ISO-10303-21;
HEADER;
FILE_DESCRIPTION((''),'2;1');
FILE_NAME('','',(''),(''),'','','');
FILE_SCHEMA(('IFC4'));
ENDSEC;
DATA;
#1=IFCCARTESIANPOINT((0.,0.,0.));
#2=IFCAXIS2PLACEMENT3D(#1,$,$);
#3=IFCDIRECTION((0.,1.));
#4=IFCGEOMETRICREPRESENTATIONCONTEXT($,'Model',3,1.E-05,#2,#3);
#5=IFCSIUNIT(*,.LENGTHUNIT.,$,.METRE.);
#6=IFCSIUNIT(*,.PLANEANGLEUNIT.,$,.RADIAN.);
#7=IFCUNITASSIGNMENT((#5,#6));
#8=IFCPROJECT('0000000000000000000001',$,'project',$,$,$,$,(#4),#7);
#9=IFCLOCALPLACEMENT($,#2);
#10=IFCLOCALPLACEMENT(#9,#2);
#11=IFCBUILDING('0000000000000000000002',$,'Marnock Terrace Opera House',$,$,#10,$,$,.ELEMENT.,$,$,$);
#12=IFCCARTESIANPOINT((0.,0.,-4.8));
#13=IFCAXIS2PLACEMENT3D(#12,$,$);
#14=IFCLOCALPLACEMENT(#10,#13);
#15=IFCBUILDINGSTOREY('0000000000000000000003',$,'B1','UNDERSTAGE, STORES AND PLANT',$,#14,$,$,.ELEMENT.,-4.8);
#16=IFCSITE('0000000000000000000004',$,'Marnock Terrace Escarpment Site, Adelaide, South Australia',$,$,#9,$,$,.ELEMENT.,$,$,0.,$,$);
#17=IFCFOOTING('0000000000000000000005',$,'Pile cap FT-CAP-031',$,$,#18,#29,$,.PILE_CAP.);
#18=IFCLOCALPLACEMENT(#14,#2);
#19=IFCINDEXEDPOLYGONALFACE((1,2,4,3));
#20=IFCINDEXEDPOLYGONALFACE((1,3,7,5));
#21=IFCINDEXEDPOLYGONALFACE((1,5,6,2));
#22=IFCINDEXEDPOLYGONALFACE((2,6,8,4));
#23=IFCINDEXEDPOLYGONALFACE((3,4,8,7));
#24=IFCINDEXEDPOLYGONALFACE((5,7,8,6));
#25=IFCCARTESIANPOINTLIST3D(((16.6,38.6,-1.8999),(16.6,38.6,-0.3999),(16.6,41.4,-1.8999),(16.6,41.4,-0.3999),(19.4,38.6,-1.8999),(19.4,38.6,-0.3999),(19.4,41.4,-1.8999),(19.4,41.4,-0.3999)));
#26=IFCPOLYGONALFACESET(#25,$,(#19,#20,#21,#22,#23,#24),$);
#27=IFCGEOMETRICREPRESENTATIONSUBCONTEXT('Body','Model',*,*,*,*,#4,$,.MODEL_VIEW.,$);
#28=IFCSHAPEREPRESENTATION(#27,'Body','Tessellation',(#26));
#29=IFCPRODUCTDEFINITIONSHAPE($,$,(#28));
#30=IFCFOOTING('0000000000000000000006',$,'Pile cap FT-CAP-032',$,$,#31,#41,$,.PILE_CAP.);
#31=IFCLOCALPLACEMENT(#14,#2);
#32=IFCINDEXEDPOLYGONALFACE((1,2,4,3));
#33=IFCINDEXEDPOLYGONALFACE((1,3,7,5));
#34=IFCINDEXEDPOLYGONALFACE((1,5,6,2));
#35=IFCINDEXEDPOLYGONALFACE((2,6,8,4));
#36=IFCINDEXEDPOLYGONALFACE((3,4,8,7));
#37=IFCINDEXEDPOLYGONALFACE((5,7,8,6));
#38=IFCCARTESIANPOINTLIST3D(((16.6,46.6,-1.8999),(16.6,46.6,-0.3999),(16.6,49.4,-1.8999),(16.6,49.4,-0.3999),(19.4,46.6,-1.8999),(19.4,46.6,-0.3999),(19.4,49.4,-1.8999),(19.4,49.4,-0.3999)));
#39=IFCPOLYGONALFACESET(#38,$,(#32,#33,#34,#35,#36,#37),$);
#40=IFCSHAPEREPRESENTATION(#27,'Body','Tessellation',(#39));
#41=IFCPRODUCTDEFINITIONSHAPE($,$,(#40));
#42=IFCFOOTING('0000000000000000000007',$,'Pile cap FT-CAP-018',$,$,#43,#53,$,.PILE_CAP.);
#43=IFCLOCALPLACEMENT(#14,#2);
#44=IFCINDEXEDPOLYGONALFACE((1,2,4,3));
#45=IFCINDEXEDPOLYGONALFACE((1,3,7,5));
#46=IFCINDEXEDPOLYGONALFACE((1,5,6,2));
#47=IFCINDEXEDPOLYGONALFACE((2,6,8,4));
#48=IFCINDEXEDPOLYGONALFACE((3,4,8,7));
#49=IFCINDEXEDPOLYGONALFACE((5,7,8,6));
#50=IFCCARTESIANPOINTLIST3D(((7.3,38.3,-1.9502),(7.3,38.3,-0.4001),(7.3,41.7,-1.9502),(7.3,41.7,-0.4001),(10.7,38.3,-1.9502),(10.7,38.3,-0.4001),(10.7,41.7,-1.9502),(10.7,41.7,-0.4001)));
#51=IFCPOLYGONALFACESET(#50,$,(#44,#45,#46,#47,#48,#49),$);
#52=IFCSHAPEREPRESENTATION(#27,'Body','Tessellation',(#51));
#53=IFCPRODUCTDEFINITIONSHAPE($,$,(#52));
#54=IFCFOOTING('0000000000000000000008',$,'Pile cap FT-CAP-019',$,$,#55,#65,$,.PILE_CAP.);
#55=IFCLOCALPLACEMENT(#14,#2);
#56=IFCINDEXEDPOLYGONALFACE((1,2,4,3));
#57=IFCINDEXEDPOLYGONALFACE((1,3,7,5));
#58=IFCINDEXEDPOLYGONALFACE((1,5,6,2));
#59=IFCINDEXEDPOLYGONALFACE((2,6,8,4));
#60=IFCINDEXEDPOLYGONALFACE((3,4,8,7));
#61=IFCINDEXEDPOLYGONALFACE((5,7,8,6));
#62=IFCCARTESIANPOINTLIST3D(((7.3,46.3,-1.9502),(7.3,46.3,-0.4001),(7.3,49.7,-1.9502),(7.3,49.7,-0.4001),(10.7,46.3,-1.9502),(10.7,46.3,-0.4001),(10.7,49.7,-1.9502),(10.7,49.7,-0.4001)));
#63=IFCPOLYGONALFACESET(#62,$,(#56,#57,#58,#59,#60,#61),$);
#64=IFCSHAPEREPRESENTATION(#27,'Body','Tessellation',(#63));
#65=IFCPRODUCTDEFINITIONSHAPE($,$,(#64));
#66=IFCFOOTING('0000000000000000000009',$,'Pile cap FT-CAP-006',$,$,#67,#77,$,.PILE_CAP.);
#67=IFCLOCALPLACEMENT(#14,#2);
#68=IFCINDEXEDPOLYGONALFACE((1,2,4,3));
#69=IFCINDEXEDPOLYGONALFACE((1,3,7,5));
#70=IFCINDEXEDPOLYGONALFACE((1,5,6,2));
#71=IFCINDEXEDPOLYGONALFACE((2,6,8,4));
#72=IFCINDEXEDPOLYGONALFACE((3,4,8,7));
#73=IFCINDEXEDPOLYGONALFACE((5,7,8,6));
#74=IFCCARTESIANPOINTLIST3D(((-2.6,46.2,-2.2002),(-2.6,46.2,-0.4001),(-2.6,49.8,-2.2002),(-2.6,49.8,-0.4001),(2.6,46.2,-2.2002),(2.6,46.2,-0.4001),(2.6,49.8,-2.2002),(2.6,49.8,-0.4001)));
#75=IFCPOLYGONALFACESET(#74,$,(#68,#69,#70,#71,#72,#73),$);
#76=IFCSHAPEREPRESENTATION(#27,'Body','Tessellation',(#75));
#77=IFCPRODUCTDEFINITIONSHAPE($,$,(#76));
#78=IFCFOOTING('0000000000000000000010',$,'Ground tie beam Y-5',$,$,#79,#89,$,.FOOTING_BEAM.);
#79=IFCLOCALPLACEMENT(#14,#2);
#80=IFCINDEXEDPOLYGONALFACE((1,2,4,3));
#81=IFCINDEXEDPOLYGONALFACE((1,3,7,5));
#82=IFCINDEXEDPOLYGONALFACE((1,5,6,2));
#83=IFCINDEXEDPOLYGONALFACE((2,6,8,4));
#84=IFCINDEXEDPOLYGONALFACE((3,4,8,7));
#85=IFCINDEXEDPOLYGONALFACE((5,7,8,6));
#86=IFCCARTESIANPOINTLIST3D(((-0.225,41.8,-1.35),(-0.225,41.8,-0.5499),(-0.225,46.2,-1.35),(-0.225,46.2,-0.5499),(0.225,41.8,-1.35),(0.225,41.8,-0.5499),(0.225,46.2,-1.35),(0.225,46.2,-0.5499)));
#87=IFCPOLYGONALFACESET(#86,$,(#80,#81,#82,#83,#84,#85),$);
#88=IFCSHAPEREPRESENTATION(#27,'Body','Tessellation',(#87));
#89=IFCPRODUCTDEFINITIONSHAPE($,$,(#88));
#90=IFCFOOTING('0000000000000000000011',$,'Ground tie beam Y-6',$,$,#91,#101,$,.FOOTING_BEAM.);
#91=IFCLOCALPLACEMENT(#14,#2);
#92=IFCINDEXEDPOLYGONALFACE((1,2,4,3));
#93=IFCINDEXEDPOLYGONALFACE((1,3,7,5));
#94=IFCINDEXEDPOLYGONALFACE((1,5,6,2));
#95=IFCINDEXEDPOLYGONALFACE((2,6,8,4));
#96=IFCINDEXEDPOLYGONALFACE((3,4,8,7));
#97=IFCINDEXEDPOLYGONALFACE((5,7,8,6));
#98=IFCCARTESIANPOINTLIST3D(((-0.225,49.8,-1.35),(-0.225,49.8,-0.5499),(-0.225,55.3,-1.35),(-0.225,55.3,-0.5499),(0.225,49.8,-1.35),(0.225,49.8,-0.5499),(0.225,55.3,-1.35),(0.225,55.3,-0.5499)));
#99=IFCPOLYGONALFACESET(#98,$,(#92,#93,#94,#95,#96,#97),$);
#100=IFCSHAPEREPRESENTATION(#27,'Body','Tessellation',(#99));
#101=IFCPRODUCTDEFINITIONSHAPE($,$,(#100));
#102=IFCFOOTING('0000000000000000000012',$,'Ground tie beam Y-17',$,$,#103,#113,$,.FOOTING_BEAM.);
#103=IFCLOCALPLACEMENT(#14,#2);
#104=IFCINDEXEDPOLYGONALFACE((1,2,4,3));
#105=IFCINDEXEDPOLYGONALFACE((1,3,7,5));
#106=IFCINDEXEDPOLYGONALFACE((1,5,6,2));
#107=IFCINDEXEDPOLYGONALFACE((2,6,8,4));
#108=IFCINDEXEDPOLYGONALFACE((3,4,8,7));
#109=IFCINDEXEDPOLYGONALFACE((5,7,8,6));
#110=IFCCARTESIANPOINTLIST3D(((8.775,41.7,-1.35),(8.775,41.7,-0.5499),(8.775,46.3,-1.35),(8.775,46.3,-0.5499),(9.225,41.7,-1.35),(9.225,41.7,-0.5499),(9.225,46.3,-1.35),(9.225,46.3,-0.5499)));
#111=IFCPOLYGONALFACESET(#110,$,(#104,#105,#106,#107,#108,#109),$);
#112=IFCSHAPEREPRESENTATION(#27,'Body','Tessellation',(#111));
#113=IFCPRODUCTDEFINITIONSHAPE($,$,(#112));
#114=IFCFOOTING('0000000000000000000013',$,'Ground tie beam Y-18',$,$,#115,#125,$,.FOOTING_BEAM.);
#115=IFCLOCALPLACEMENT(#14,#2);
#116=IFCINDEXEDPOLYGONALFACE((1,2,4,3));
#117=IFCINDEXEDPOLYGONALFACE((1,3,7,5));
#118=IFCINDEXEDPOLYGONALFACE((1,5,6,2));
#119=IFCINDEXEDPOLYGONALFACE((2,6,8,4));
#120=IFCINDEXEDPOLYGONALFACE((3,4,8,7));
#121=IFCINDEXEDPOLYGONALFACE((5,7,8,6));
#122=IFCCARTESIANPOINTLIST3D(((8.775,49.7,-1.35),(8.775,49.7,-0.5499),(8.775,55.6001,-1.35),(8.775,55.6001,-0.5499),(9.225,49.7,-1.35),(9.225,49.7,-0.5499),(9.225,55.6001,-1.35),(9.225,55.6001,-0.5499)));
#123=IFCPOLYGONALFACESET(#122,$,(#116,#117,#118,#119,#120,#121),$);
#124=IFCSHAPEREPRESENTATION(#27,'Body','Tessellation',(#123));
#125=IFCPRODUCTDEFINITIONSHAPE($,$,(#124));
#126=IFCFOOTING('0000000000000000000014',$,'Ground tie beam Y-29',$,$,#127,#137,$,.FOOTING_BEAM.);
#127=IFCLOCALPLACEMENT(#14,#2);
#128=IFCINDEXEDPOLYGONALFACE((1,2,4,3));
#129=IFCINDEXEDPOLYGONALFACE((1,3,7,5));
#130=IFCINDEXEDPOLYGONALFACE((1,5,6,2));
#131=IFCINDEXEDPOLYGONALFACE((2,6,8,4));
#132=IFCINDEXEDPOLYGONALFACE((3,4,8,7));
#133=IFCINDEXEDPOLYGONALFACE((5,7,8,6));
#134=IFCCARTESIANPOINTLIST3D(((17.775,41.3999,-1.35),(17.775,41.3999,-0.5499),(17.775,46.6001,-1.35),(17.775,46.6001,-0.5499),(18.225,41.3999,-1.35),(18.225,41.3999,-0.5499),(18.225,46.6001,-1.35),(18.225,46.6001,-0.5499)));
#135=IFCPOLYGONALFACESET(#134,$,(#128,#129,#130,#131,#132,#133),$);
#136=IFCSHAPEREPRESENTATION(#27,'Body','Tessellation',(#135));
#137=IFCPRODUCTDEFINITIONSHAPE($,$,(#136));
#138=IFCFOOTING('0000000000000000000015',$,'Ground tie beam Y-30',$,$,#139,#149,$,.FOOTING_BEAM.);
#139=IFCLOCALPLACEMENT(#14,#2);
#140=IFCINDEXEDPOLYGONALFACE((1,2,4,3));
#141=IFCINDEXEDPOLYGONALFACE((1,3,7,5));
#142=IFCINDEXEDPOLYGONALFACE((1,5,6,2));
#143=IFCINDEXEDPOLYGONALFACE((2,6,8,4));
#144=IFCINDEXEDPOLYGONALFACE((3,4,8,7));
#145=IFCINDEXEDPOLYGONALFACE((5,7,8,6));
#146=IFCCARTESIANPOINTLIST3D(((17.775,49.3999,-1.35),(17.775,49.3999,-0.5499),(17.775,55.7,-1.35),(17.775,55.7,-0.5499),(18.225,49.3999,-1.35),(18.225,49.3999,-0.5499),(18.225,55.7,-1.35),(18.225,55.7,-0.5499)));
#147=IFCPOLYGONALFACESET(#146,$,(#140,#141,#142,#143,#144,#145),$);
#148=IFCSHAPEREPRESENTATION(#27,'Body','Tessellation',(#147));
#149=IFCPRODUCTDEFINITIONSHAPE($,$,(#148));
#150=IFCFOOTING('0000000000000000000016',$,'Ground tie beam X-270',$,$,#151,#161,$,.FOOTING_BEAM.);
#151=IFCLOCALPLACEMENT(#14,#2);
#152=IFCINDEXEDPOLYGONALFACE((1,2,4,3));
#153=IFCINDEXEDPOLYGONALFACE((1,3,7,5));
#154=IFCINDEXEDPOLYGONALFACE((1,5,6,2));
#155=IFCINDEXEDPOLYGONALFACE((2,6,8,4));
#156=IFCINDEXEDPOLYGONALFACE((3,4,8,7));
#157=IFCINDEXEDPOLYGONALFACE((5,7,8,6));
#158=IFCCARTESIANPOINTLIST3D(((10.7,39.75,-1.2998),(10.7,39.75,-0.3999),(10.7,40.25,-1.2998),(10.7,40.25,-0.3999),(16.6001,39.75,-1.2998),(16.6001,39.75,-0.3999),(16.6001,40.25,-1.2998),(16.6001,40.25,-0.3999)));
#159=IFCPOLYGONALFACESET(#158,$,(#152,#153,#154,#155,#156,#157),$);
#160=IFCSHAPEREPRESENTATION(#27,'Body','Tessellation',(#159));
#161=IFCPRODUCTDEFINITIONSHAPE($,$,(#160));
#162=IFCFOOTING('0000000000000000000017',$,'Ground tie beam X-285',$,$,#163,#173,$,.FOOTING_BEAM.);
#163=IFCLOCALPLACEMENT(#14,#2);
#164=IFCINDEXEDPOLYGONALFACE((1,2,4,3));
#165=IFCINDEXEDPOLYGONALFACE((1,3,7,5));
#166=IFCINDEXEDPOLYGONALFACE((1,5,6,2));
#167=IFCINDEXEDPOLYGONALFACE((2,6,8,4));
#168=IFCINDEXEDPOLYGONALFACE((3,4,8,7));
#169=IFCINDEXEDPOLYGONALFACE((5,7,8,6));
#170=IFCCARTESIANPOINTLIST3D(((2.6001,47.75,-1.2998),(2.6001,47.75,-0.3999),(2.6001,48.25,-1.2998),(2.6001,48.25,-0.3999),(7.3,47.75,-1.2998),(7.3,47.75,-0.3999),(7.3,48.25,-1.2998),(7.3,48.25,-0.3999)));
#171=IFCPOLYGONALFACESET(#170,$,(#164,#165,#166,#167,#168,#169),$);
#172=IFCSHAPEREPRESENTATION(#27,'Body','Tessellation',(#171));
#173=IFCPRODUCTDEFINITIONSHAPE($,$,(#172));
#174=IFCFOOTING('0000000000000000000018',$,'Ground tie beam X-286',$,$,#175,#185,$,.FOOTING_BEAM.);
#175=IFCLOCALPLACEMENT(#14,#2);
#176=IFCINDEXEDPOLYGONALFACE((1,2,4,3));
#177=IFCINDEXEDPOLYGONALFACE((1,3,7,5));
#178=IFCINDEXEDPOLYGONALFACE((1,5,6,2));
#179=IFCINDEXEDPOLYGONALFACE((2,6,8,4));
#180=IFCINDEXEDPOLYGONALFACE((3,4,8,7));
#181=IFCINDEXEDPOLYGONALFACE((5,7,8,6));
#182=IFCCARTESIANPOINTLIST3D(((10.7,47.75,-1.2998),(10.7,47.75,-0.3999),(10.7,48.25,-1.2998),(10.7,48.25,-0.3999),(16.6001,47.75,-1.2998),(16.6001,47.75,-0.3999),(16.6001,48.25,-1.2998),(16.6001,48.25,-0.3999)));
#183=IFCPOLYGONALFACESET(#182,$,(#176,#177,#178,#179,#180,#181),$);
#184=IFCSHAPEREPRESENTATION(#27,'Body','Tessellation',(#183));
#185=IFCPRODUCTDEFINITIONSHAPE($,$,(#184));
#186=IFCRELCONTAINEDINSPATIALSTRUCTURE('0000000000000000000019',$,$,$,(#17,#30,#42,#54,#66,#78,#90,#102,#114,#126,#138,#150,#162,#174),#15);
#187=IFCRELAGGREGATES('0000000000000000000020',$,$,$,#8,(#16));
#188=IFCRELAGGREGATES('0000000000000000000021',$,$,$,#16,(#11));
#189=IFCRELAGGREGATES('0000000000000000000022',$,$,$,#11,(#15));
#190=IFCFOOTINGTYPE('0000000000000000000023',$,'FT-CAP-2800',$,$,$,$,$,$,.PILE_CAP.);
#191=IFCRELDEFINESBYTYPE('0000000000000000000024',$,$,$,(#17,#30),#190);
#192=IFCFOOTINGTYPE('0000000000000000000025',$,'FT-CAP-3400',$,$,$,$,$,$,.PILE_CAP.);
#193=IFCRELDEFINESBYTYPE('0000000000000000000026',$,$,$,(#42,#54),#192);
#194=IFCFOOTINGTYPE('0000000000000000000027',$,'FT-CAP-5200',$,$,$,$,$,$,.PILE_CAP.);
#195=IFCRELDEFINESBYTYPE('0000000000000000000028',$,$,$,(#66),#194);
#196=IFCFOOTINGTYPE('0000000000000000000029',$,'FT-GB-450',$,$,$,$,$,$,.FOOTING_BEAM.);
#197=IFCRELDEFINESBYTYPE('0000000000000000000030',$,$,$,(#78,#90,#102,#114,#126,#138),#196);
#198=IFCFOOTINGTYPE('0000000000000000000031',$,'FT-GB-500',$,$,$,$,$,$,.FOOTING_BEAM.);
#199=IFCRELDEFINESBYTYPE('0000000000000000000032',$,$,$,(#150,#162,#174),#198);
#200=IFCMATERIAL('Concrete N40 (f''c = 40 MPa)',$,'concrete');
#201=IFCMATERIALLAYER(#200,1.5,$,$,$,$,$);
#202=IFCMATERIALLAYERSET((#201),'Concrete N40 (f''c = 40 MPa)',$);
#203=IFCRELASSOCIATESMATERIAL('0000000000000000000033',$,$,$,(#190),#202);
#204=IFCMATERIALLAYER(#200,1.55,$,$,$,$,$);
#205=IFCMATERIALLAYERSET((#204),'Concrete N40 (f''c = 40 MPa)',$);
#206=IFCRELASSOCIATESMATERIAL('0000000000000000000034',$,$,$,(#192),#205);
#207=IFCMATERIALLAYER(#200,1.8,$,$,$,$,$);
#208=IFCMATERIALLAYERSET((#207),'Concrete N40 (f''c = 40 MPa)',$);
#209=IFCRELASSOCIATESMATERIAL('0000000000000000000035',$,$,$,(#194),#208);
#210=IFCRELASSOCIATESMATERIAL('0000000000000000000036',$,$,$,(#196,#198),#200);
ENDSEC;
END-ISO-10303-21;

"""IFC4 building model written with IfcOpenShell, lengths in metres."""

from ifc_helpers import new_model, si_unit, direction, frame, origin, origin_2d, place, context, subcontext, project, spatial, rectangle, extrude, material, layer, layer_set, material_profile, profile_set, type_object, element, save


model = new_model("IFC4")

# Units and contexts
model_context = context("Model", 3, precision=1e-05, world=origin(), true_north=direction((0.0, 1.0)))
body_context = subcontext(model_context, "Body", "Model", "MODEL_VIEW")
ifc_project = project(units=[si_unit("LENGTHUNIT", "METRE"), si_unit("PLANEANGLEUNIT", "RADIAN")], contexts=[model_context])

# Site, building, storey
site_placement = place(None, origin())
site = spatial("IfcSite", under=ifc_project, at=site_placement, Name="Marnock Terrace Escarpment Site, Adelaide, South Australia", CompositionType="ELEMENT", RefElevation=0.0)
building_placement = place(site_placement, origin())
building = spatial("IfcBuilding", under=site, at=building_placement, Name="Marnock Terrace Opera House", CompositionType="ELEMENT")
storey_placement = place(building_placement, frame((0.0, 0.0, -4.8)))
storey = spatial("IfcBuildingStorey", under=building, at=storey_placement, Name="B1", Description="UNDERSTAGE, STORES AND PLANT", CompositionType="ELEMENT", Elevation=-4.8)

# Footings
ifc_material_1 = material(Name="Concrete N40 (f'c = 40 MPa)", Category="concrete")
ifc_layer_1 = layer(ifc_material_1, 1.5)
ifc_layer_set_1 = layer_set([ifc_layer_1], Name="Concrete N40 (f'c = 40 MPa)")
footing_type_1 = type_object("IfcFootingType", Name="FT-CAP-2800", PredefinedType="PILE_CAP", material=ifc_layer_set_1)
for number, where, z_axis, x_axis, name in (
    (1, (18.0, 40.0, -1.8999), (0.0, 0.0, 1.0), (1.0, 0.0, 0.0), "Pile cap FT-CAP-031"),
    (2, (18.0, 48.0, -1.8999), (0.0, 0.0, 1.0), (1.0, 0.0, 0.0), "Pile cap FT-CAP-032"),
):
    element("IfcFooting", number, at=place(storey_placement, frame(where, z_axis=z_axis, x_axis=x_axis)), inside=storey, type_object=footing_type_1, Name=name, PredefinedType="PILE_CAP", context=body_context, shape_type="SweptSolid", body=[
        extrude(rectangle(XDim=2.8, YDim=2.8, at=origin_2d()), origin(), (0.0, 0.0, 1.0), 1.5),
    ])
ifc_layer_2 = layer(ifc_material_1, 1.55)
ifc_layer_set_2 = layer_set([ifc_layer_2], Name="Concrete N40 (f'c = 40 MPa)")
footing_type_2 = type_object("IfcFootingType", Name="FT-CAP-3400", PredefinedType="PILE_CAP", material=ifc_layer_set_2)
for number, where, z_axis, x_axis, name in (
    (3, (9.0, 40.0, -1.9502), (0.0, 0.0, 1.0), (1.0, 0.0, 0.0), "Pile cap FT-CAP-018"),
    (4, (9.0, 48.0, -1.9502), (0.0, 0.0, 1.0), (1.0, 0.0, 0.0), "Pile cap FT-CAP-019"),
):
    element("IfcFooting", number, at=place(storey_placement, frame(where, z_axis=z_axis, x_axis=x_axis)), inside=storey, type_object=footing_type_2, Name=name, PredefinedType="PILE_CAP", context=body_context, shape_type="SweptSolid", body=[
        extrude(rectangle(XDim=3.3999, YDim=3.3999, at=origin_2d()), origin(), (0.0, 0.0, 1.0), 1.55),
    ])
ifc_layer_3 = layer(ifc_material_1, 1.8)
ifc_layer_set_3 = layer_set([ifc_layer_3], Name="Concrete N40 (f'c = 40 MPa)")
footing_type_3 = type_object("IfcFootingType", Name="FT-CAP-5200", PredefinedType="PILE_CAP", material=ifc_layer_set_3)
footing_1_placement = place(storey_placement, frame((0.0, 48.0, -2.2002), z_axis=(0.0, 0.0, 1.0), x_axis=(1.0, 0.0, 0.0)))
element("IfcFooting", 5, at=footing_1_placement, inside=storey, type_object=footing_type_3, Name="Pile cap FT-CAP-006", PredefinedType="PILE_CAP", context=body_context, shape_type="SweptSolid", body=[
    extrude(rectangle(XDim=5.2, YDim=3.6001, at=origin_2d()), origin(), (0.0, 0.0, 1.0), 1.8),
])
ifc_material_profile_1 = material_profile(ifc_material_1, rectangle(XDim=0.45, YDim=0.8, at=origin_2d()))
ifc_profile_set_1 = profile_set([ifc_material_profile_1], Name="Concrete N40 (f'c = 40 MPa)")
footing_type_4 = type_object("IfcFootingType", Name="FT-GB-450", PredefinedType="FOOTING_BEAM", material=ifc_profile_set_1)
footing_2_placement = place(storey_placement, frame((0.0, 41.8, -0.95), z_axis=(0.0, 1.0, 0.0), x_axis=(-1.0, 0.0, 0.0)))
element("IfcFooting", 6, at=footing_2_placement, inside=storey, type_object=footing_type_4, Name="Ground tie beam Y-5", PredefinedType="FOOTING_BEAM", context=body_context, shape_type="SweptSolid", body=[
    extrude(rectangle(XDim=0.45, YDim=0.8, at=origin_2d()), origin(), (0.0, 0.0, 1.0), 4.3999),
])
footing_3_placement = place(storey_placement, frame((0.0, 49.8, -0.95), z_axis=(0.0, 1.0, 0.0), x_axis=(-1.0, 0.0, 0.0)))
element("IfcFooting", 7, at=footing_3_placement, inside=storey, type_object=footing_type_4, Name="Ground tie beam Y-6", PredefinedType="FOOTING_BEAM", context=body_context, shape_type="SweptSolid", body=[
    extrude(rectangle(XDim=0.45, YDim=0.8, at=origin_2d()), origin(), (0.0, 0.0, 1.0), 5.5),
])
footing_4_placement = place(storey_placement, frame((9.0, 41.7, -0.95), z_axis=(0.0, 1.0, 0.0), x_axis=(-1.0, 0.0, 0.0)))
element("IfcFooting", 8, at=footing_4_placement, inside=storey, type_object=footing_type_4, Name="Ground tie beam Y-17", PredefinedType="FOOTING_BEAM", context=body_context, shape_type="SweptSolid", body=[
    extrude(rectangle(XDim=0.45, YDim=0.8, at=origin_2d()), origin(), (0.0, 0.0, 1.0), 4.6001),
])
footing_5_placement = place(storey_placement, frame((9.0, 49.7, -0.95), z_axis=(0.0, 1.0, 0.0), x_axis=(-1.0, 0.0, 0.0)))
element("IfcFooting", 9, at=footing_5_placement, inside=storey, type_object=footing_type_4, Name="Ground tie beam Y-18", PredefinedType="FOOTING_BEAM", context=body_context, shape_type="SweptSolid", body=[
    extrude(rectangle(XDim=0.45, YDim=0.8, at=origin_2d()), origin(), (0.0, 0.0, 1.0), 5.9001),
])
footing_6_placement = place(storey_placement, frame((18.0, 41.3999, -0.95), z_axis=(0.0, 1.0, 0.0), x_axis=(-1.0, 0.0, 0.0)))
element("IfcFooting", 10, at=footing_6_placement, inside=storey, type_object=footing_type_4, Name="Ground tie beam Y-29", PredefinedType="FOOTING_BEAM", context=body_context, shape_type="SweptSolid", body=[
    extrude(rectangle(XDim=0.45, YDim=0.8, at=origin_2d()), origin(), (0.0, 0.0, 1.0), 5.2002),
])
footing_7_placement = place(storey_placement, frame((18.0, 49.3999, -0.95), z_axis=(0.0, 1.0, 0.0), x_axis=(-1.0, 0.0, 0.0)))
element("IfcFooting", 11, at=footing_7_placement, inside=storey, type_object=footing_type_4, Name="Ground tie beam Y-30", PredefinedType="FOOTING_BEAM", context=body_context, shape_type="SweptSolid", body=[
    extrude(rectangle(XDim=0.45, YDim=0.8, at=origin_2d()), origin(), (0.0, 0.0, 1.0), 6.3),
])
ifc_material_profile_2 = material_profile(ifc_material_1, rectangle(XDim=0.5, YDim=0.8999, at=origin_2d()))
ifc_profile_set_2 = profile_set([ifc_material_profile_2], Name="Concrete N40 (f'c = 40 MPa)")
footing_type_5 = type_object("IfcFootingType", Name="FT-GB-500", PredefinedType="FOOTING_BEAM", material=ifc_profile_set_2)
footing_8_placement = place(storey_placement, frame((10.7, 40.0, -0.8499), z_axis=(1.0, 0.0, 0.0), x_axis=(0.0, 1.0, 0.0)))
element("IfcFooting", 12, at=footing_8_placement, inside=storey, type_object=footing_type_5, Name="Ground tie beam X-270", PredefinedType="FOOTING_BEAM", context=body_context, shape_type="SweptSolid", body=[
    extrude(rectangle(XDim=0.5, YDim=0.8999, at=origin_2d()), origin(), (0.0, 0.0, 1.0), 5.9001),
])
footing_9_placement = place(storey_placement, frame((2.6001, 48.0, -0.8499), z_axis=(1.0, 0.0, 0.0), x_axis=(0.0, 1.0, 0.0)))
element("IfcFooting", 13, at=footing_9_placement, inside=storey, type_object=footing_type_5, Name="Ground tie beam X-285", PredefinedType="FOOTING_BEAM", context=body_context, shape_type="SweptSolid", body=[
    extrude(rectangle(XDim=0.5, YDim=0.8999, at=origin_2d()), origin(), (0.0, 0.0, 1.0), 4.7),
])
footing_10_placement = place(storey_placement, frame((10.7, 48.0, -0.8499), z_axis=(1.0, 0.0, 0.0), x_axis=(0.0, 1.0, 0.0)))
element("IfcFooting", 14, at=footing_10_placement, inside=storey, type_object=footing_type_5, Name="Ground tie beam X-286", PredefinedType="FOOTING_BEAM", context=body_context, shape_type="SweptSolid", body=[
    extrude(rectangle(XDim=0.5, YDim=0.8999, at=origin_2d()), origin(), (0.0, 0.0, 1.0), 5.9001),
])

save(model, "model.ifc")
